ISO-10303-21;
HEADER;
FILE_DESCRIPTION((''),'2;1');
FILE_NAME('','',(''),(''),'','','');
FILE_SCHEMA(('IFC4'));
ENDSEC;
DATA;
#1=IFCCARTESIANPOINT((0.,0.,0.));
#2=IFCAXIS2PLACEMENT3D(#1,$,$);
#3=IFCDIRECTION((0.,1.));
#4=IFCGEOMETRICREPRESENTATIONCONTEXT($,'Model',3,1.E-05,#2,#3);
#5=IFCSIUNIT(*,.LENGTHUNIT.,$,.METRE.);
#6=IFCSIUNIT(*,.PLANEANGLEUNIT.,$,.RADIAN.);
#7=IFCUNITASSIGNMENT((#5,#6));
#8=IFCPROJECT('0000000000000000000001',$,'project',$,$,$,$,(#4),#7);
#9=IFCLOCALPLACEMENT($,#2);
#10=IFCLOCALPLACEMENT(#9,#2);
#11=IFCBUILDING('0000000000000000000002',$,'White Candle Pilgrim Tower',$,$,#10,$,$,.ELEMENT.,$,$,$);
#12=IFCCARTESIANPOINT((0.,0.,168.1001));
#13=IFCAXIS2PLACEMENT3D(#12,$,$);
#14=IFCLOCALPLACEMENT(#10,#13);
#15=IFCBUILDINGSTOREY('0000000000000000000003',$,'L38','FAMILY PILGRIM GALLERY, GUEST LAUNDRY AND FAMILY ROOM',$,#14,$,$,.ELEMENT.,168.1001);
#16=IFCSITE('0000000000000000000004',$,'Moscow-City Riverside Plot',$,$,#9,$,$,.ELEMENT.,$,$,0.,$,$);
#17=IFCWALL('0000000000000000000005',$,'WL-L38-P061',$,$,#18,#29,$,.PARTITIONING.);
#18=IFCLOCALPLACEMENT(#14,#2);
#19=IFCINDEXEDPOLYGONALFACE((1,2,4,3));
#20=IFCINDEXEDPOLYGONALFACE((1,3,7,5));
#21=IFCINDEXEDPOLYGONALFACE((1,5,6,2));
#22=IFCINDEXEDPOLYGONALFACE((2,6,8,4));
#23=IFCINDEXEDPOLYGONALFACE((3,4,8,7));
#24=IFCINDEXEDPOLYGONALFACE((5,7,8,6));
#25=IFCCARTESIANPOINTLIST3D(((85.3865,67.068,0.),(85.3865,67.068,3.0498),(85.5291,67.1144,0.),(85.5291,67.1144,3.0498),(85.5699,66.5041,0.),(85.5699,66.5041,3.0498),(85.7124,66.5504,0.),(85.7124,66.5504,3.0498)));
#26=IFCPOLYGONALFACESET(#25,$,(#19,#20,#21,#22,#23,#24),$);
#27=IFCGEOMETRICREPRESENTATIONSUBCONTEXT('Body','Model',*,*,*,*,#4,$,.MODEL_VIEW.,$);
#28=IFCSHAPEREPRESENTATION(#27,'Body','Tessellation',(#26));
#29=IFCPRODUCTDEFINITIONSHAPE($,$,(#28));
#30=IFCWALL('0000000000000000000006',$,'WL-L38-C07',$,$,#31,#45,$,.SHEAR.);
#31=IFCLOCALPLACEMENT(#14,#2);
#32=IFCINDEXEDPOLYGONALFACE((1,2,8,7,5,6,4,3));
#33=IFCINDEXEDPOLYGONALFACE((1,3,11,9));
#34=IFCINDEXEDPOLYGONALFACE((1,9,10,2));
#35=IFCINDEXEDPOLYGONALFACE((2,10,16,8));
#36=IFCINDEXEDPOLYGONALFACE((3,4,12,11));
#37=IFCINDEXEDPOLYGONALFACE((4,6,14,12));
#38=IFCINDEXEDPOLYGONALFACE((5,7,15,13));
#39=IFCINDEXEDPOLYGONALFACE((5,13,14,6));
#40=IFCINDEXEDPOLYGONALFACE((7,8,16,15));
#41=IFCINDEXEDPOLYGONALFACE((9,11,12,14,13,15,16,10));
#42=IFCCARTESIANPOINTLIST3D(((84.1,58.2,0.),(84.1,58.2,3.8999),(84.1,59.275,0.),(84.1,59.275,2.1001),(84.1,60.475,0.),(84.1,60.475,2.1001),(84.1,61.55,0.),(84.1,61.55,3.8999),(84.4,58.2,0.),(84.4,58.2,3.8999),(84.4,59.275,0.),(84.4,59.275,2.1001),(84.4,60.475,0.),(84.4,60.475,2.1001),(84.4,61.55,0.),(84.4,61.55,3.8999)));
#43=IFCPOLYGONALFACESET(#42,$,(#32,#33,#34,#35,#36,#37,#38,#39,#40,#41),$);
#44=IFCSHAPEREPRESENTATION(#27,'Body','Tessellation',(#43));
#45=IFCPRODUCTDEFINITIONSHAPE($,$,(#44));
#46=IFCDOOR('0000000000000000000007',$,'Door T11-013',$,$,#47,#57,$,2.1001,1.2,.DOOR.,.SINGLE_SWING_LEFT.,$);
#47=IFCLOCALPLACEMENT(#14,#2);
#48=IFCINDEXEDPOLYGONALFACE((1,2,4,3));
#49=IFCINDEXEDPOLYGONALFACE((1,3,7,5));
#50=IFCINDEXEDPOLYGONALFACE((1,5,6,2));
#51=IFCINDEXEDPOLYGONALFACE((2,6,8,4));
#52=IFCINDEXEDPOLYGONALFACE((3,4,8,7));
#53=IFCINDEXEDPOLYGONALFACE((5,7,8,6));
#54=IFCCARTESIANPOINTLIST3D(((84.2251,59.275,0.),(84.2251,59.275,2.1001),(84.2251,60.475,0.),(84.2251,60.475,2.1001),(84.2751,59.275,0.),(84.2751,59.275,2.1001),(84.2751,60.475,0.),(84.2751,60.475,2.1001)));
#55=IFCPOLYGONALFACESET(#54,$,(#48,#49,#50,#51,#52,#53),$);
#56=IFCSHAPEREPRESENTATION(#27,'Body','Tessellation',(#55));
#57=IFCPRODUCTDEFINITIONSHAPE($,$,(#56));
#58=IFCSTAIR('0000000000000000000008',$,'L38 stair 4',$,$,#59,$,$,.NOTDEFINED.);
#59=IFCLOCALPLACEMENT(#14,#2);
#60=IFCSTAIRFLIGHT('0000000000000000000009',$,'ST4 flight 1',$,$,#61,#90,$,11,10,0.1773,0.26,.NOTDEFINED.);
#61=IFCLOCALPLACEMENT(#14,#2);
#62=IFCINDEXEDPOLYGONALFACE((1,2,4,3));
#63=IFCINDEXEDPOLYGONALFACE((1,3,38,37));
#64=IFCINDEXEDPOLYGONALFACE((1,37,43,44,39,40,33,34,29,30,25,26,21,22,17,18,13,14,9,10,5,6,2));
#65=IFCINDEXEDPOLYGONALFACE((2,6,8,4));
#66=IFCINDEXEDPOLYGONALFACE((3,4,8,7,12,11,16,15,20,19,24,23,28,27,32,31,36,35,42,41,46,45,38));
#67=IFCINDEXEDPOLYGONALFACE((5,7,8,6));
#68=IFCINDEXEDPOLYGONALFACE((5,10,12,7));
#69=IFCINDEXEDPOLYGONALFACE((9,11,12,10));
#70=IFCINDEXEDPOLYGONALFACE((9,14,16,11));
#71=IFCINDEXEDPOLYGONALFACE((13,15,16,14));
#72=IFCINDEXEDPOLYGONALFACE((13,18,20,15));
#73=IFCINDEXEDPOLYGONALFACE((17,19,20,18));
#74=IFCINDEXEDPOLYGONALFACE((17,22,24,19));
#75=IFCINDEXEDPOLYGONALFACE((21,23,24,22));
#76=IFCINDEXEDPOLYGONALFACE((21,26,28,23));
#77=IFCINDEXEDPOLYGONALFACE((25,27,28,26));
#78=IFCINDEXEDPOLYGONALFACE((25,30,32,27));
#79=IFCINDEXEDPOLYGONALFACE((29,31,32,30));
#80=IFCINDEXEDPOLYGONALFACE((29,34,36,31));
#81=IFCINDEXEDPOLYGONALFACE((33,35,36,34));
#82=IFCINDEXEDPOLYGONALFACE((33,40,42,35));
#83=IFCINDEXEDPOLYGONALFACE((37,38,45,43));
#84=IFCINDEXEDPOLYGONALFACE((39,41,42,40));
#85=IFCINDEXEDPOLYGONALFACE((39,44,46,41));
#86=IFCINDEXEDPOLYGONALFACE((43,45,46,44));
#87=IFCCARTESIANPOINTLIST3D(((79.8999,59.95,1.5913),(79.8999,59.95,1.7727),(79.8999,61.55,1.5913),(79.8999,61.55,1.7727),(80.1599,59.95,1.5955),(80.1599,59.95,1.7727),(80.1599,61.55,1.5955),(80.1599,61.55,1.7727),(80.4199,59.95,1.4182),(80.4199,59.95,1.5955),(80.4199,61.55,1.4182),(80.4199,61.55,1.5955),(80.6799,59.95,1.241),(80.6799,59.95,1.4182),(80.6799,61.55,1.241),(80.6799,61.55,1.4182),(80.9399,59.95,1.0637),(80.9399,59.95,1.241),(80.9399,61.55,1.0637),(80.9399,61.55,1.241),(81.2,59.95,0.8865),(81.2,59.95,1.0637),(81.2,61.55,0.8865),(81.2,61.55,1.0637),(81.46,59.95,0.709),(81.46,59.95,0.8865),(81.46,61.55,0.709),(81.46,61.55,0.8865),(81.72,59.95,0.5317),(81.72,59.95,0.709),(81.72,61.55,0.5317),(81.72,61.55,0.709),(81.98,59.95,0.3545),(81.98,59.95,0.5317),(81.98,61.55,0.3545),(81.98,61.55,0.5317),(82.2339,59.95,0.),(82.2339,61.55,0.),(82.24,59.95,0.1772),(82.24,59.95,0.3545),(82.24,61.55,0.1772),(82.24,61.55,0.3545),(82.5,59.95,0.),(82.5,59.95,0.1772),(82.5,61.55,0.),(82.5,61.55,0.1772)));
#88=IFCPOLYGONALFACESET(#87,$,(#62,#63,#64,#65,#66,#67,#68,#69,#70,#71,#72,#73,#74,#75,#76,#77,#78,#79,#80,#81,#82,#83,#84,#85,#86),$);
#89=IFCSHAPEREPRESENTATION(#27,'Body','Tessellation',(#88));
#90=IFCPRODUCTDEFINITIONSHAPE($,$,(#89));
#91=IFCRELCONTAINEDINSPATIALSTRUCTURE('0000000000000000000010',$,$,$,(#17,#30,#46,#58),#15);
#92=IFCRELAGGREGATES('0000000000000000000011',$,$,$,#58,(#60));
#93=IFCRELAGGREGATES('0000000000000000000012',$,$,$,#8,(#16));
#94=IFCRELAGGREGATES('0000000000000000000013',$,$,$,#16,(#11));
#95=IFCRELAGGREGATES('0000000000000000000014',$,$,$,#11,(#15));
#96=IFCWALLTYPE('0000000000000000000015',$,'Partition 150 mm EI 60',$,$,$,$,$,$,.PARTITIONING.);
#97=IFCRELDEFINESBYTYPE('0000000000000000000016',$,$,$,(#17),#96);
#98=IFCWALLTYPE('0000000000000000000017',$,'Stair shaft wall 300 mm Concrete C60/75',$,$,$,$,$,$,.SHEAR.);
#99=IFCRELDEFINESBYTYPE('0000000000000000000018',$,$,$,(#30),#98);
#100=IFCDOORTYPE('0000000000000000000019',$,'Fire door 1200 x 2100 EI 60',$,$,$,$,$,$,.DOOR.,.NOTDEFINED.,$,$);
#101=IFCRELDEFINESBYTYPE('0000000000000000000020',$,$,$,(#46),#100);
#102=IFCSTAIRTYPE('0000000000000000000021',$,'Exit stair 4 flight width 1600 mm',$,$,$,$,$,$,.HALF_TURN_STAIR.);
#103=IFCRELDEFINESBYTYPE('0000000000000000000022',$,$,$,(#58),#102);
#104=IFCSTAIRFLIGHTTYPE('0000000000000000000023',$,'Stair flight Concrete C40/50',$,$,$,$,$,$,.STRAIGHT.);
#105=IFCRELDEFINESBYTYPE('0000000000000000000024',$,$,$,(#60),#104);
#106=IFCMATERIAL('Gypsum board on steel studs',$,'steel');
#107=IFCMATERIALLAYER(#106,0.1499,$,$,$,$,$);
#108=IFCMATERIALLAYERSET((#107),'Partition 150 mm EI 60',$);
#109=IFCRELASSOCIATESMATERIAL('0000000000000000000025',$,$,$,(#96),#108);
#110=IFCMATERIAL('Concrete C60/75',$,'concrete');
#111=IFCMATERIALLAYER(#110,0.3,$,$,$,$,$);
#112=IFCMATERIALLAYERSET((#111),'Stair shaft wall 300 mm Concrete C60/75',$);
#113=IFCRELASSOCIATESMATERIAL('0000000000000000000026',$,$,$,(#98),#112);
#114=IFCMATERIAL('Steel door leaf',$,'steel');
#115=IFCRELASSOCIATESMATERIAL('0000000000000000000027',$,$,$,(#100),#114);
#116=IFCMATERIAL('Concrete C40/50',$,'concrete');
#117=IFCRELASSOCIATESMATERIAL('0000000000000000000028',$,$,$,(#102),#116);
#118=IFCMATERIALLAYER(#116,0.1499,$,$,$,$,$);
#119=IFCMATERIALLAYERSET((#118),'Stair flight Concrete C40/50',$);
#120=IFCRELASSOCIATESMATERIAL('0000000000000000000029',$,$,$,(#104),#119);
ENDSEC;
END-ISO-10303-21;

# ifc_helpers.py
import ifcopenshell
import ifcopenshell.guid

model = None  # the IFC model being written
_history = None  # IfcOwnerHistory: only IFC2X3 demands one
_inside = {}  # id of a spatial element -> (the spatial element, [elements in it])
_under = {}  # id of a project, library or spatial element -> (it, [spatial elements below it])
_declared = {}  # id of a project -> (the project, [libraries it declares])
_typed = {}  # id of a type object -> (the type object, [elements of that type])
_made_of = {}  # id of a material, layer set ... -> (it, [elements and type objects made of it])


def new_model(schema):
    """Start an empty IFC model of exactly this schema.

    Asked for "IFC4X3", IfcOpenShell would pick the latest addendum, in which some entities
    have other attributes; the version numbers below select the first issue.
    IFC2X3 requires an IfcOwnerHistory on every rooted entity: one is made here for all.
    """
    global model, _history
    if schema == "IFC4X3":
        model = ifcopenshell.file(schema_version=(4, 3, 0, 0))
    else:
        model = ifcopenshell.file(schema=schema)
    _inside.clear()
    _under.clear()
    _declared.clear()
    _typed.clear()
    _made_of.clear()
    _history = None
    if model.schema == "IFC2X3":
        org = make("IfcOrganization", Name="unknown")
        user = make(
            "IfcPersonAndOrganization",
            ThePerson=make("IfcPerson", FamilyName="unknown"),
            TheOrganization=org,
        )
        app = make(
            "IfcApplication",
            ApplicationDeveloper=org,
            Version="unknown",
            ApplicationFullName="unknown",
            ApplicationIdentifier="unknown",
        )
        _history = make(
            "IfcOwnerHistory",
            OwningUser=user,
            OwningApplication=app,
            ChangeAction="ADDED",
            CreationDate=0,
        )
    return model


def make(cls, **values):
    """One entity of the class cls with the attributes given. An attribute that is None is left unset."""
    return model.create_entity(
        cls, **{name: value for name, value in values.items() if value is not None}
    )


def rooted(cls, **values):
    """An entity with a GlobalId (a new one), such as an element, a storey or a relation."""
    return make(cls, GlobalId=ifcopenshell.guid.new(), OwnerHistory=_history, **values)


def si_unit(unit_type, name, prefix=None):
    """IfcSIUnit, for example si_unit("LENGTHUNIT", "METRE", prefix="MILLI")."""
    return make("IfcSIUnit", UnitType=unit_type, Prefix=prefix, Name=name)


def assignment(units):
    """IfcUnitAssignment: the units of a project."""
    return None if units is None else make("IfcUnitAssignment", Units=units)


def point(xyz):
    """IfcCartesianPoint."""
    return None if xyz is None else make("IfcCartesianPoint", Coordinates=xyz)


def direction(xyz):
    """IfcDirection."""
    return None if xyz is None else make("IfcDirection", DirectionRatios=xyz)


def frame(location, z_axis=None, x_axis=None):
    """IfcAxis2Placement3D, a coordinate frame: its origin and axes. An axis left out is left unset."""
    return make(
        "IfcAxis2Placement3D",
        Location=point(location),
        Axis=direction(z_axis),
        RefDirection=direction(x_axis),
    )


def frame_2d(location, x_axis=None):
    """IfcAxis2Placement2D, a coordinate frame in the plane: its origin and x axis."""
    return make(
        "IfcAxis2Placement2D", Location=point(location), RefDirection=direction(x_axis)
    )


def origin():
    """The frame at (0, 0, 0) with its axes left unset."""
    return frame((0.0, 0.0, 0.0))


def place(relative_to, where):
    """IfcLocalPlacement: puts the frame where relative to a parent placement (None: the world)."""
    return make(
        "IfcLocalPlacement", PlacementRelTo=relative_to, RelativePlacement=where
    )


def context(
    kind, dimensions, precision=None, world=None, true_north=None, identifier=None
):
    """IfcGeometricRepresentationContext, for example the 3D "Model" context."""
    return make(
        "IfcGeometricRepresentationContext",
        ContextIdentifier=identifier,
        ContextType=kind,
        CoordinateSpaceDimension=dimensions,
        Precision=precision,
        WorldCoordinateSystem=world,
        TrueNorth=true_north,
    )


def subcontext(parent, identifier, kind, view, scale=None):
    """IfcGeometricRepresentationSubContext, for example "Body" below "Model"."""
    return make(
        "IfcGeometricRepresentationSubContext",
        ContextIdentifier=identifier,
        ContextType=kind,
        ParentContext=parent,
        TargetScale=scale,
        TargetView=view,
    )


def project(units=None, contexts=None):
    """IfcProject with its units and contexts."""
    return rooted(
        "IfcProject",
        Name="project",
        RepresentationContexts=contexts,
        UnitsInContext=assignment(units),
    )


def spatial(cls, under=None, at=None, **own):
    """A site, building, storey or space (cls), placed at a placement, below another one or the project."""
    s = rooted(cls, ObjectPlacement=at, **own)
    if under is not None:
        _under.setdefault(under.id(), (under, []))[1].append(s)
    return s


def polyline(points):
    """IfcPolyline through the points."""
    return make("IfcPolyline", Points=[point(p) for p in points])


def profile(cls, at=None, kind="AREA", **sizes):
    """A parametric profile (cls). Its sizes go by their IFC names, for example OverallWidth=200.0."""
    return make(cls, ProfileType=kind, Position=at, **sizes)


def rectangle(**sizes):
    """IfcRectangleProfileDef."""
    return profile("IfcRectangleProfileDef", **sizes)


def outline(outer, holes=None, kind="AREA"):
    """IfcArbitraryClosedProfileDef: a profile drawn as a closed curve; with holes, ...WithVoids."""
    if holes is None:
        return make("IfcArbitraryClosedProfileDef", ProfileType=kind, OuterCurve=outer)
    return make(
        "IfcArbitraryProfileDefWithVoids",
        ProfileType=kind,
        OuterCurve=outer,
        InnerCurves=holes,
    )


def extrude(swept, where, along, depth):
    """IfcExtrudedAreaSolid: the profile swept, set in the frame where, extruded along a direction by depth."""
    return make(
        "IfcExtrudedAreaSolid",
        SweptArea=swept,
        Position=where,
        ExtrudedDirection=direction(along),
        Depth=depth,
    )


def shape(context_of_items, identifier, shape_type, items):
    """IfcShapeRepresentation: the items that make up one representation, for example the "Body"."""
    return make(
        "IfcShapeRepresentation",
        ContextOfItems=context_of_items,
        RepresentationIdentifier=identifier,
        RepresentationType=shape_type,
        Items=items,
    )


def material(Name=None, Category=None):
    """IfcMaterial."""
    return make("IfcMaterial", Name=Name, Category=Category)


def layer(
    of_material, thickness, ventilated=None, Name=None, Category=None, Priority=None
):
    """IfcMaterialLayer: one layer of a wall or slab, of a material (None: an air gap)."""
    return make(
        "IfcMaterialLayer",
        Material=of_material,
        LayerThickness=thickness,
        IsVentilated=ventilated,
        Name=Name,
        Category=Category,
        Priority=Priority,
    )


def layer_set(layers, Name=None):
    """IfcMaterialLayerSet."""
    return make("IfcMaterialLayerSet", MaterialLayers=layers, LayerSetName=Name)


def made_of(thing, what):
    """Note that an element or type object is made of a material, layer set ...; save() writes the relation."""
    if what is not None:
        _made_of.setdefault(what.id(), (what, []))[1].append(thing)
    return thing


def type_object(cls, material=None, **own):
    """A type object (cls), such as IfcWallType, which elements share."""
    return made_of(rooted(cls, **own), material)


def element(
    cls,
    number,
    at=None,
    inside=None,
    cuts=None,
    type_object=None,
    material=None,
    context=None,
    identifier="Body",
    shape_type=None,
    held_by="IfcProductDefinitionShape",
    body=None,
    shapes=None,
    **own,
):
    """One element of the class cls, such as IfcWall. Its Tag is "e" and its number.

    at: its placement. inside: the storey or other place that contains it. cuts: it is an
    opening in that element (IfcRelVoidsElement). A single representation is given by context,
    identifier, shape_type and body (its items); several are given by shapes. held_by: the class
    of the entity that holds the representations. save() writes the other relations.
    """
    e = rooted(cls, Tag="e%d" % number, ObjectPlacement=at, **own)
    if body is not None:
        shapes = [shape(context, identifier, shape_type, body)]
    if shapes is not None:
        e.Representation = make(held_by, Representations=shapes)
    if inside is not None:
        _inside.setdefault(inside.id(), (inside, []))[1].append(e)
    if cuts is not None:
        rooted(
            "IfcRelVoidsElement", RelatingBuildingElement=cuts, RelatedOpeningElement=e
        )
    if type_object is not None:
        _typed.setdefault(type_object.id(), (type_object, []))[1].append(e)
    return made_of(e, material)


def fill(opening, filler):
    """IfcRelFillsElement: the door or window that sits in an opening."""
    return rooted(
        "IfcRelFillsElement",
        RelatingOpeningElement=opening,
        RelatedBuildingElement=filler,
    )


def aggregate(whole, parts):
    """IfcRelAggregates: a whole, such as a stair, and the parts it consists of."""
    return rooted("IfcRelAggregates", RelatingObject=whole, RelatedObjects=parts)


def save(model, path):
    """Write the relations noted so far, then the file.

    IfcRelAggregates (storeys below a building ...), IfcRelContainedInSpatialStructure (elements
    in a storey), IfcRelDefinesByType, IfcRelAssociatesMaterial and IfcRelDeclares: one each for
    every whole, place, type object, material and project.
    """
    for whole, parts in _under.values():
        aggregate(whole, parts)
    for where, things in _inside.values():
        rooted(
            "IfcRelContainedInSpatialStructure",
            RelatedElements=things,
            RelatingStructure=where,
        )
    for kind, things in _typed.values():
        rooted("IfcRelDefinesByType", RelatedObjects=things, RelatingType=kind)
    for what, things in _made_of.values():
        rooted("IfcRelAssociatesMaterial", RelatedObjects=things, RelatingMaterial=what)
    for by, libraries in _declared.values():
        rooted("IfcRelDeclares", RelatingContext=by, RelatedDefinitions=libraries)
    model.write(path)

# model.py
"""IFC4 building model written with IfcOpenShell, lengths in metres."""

from ifc_helpers import new_model, si_unit, direction, frame, frame_2d, origin, place, context, subcontext, project, spatial, polyline, rectangle, outline, extrude, material, layer, layer_set, type_object, element, fill, aggregate, save


model = new_model("IFC4")

# Units and contexts
model_context = context("Model", 3, precision=1e-05, world=origin(), true_north=direction((0.0, 1.0)))
body_context = subcontext(model_context, "Body", "Model", "MODEL_VIEW")
ifc_project = project(units=[si_unit("LENGTHUNIT", "METRE"), si_unit("PLANEANGLEUNIT", "RADIAN")], contexts=[model_context])

# Site, building, storey
site_placement = place(None, origin())
site = spatial("IfcSite", under=ifc_project, at=site_placement, Name="Moscow-City Riverside Plot", CompositionType="ELEMENT", RefElevation=0.0)
building_placement = place(site_placement, origin())
building = spatial("IfcBuilding", under=site, at=building_placement, Name="White Candle Pilgrim Tower", CompositionType="ELEMENT")
storey_placement = place(building_placement, frame((0.0, 0.0, 168.1001)))
storey = spatial("IfcBuildingStorey", under=building, at=storey_placement, Name="L38", Description="FAMILY PILGRIM GALLERY, GUEST LAUNDRY AND FAMILY ROOM", CompositionType="ELEMENT", Elevation=168.1001)

# Shared definitions
ifc_material_1 = material(Name="Concrete C60/75", Category="concrete")

# Shared definitions
ifc_material_2 = material(Name="Gypsum board on steel studs", Category="steel")
ifc_material_3 = material(Name="Steel door leaf", Category="steel")

# Shared definitions
ifc_layer_1 = layer(ifc_material_2, 0.1499)
ifc_layer_set_1 = layer_set([ifc_layer_1], Name="Partition 150 mm EI 60")
wall_type_1 = type_object("IfcWallType", Name="Partition 150 mm EI 60", PredefinedType="PARTITIONING", material=ifc_layer_set_1)

# Wall
wall_1_placement = place(storey_placement, frame((85.6411, 66.5273, 0.0), z_axis=(0.0, 0.0, 1.0), x_axis=(-0.309179, 0.951004, 0.0)))
element("IfcWall", 1, at=wall_1_placement, inside=storey, type_object=wall_type_1, Name="WL-L38-P061", PredefinedType="PARTITIONING", context=body_context, shape_type="SweptSolid", body=[
    extrude(rectangle(XDim=0.593, YDim=0.1499, at=frame_2d((0.2964, 0.0))), origin(), (0.0, 0.0, 1.0), 3.0498),
])

# Wall, opening, door
ifc_layer_2 = layer(ifc_material_1, 0.3)
ifc_layer_set_2 = layer_set([ifc_layer_2], Name="Stair shaft wall 300 mm Concrete C60/75")
wall_type_2 = type_object("IfcWallType", Name="Stair shaft wall 300 mm Concrete C60/75", PredefinedType="SHEAR", material=ifc_layer_set_2)
wall_2_placement = place(storey_placement, frame((84.25, 58.2, 0.0), z_axis=(0.0, 0.0, 1.0), x_axis=(0.0, 1.0, 0.0)))
wall_2 = element("IfcWall", 2, at=wall_2_placement, inside=storey, type_object=wall_type_2, Name="WL-L38-C07", PredefinedType="SHEAR", context=body_context, shape_type="SweptSolid", body=[
    extrude(rectangle(XDim=3.3501, YDim=0.3, at=frame_2d((1.675, 0.0))), origin(), (0.0, 0.0, 1.0), 3.8999),
])
opening_1_placement = place(wall_2_placement, frame((1.075, 0.0, 0.0)))
opening_1 = element("IfcOpeningElement", 3, at=opening_1_placement, cuts=wall_2, PredefinedType="OPENING", context=body_context, shape_type="SweptSolid", body=[
    extrude(rectangle(XDim=1.2, YDim=2.1001, at=frame_2d((0.6001, 1.05))), frame((0.0, 0.1599, 0.0), z_axis=(0.0, -1.0, 0.0), x_axis=(1.0, 0.0, 0.0)), (0.0, 0.0, 1.0), 0.3201),
])
door_type_1 = type_object("IfcDoorType", Name="Fire door 1200 x 2100 EI 60", OperationType="NOTDEFINED", PredefinedType="DOOR", material=ifc_material_3)
door_1_placement = place(opening_1_placement, origin())
door_1 = element("IfcDoor", 4, at=door_1_placement, inside=storey, type_object=door_type_1, Name="Door T11-013", OperationType="SINGLE_SWING_LEFT", OverallHeight=2.1001, OverallWidth=1.2, PredefinedType="DOOR", context=body_context, shape_type="SweptSolid", body=[
    extrude(rectangle(XDim=1.2, YDim=2.1001, at=frame_2d((0.6001, 1.05))), frame((0.0, 0.0249, 0.0), z_axis=(0.0, -1.0, 0.0), x_axis=(1.0, 0.0, 0.0)), (0.0, 0.0, 1.0), 0.05),
])
fill(opening_1, door_1)

# Stair, stair flight
ifc_material_4 = material(Name="Concrete C40/50", Category="concrete")
stair_type = type_object("IfcStairType", Name="Exit stair 4 flight width 1600 mm", PredefinedType="HALF_TURN_STAIR", material=ifc_material_4)
stair_placement = place(storey_placement, origin())
stair = element("IfcStair", 5, at=stair_placement, inside=storey, type_object=stair_type, Name="L38 stair 4", PredefinedType="NOTDEFINED")
ifc_layer_3 = layer(ifc_material_4, 0.1499)
ifc_layer_set_3 = layer_set([ifc_layer_3], Name="Stair flight Concrete C40/50")
stair_flight_type = type_object("IfcStairFlightType", Name="Stair flight Concrete C40/50", PredefinedType="STRAIGHT", material=ifc_layer_set_3)
stair_flight_placement = place(storey_placement, frame((82.5, 60.75, 0.0), z_axis=(0.0, 0.0, 1.0), x_axis=(-1.0, 0.0, 0.0)))
stair_flight = element("IfcStairFlight", 6, at=stair_flight_placement, type_object=stair_flight_type, Name="ST4 flight 1", NumberOfRisers=11, NumberOfTreads=10, PredefinedType="NOTDEFINED", RiserHeight=0.1773, TreadLength=0.26, context=body_context, shape_type="SweptSolid", body=[
    extrude(outline(polyline([(0.0, 0.0), (0.0, 0.1772), (0.26, 0.1772), (0.26, 0.3545), (0.52, 0.3545), (0.52, 0.5317), (0.78, 0.5317), (0.78, 0.709), (1.04, 0.709), (1.04, 0.8865), (1.3, 0.8865), (1.3, 1.0637), (1.5601, 1.0637), (1.5601, 1.241), (1.8201, 1.241), (1.8201, 1.4182), (2.0801, 1.4182), (2.0801, 1.5955), (2.3401, 1.5955), (2.3401, 1.7727), (2.6001, 1.7727), (2.6001, 1.95), (2.6001, 1.5913), (0.2661, 0.0), (0.0, 0.0)])), frame((0.0, 0.8, 0.0), z_axis=(0.0, -1.0, 0.0), x_axis=(1.0, 0.0, 0.0)), (0.0, 0.0, 1.0), 1.6001),
])
aggregate(stair, [stair_flight])

save(model, "model.ifc")
